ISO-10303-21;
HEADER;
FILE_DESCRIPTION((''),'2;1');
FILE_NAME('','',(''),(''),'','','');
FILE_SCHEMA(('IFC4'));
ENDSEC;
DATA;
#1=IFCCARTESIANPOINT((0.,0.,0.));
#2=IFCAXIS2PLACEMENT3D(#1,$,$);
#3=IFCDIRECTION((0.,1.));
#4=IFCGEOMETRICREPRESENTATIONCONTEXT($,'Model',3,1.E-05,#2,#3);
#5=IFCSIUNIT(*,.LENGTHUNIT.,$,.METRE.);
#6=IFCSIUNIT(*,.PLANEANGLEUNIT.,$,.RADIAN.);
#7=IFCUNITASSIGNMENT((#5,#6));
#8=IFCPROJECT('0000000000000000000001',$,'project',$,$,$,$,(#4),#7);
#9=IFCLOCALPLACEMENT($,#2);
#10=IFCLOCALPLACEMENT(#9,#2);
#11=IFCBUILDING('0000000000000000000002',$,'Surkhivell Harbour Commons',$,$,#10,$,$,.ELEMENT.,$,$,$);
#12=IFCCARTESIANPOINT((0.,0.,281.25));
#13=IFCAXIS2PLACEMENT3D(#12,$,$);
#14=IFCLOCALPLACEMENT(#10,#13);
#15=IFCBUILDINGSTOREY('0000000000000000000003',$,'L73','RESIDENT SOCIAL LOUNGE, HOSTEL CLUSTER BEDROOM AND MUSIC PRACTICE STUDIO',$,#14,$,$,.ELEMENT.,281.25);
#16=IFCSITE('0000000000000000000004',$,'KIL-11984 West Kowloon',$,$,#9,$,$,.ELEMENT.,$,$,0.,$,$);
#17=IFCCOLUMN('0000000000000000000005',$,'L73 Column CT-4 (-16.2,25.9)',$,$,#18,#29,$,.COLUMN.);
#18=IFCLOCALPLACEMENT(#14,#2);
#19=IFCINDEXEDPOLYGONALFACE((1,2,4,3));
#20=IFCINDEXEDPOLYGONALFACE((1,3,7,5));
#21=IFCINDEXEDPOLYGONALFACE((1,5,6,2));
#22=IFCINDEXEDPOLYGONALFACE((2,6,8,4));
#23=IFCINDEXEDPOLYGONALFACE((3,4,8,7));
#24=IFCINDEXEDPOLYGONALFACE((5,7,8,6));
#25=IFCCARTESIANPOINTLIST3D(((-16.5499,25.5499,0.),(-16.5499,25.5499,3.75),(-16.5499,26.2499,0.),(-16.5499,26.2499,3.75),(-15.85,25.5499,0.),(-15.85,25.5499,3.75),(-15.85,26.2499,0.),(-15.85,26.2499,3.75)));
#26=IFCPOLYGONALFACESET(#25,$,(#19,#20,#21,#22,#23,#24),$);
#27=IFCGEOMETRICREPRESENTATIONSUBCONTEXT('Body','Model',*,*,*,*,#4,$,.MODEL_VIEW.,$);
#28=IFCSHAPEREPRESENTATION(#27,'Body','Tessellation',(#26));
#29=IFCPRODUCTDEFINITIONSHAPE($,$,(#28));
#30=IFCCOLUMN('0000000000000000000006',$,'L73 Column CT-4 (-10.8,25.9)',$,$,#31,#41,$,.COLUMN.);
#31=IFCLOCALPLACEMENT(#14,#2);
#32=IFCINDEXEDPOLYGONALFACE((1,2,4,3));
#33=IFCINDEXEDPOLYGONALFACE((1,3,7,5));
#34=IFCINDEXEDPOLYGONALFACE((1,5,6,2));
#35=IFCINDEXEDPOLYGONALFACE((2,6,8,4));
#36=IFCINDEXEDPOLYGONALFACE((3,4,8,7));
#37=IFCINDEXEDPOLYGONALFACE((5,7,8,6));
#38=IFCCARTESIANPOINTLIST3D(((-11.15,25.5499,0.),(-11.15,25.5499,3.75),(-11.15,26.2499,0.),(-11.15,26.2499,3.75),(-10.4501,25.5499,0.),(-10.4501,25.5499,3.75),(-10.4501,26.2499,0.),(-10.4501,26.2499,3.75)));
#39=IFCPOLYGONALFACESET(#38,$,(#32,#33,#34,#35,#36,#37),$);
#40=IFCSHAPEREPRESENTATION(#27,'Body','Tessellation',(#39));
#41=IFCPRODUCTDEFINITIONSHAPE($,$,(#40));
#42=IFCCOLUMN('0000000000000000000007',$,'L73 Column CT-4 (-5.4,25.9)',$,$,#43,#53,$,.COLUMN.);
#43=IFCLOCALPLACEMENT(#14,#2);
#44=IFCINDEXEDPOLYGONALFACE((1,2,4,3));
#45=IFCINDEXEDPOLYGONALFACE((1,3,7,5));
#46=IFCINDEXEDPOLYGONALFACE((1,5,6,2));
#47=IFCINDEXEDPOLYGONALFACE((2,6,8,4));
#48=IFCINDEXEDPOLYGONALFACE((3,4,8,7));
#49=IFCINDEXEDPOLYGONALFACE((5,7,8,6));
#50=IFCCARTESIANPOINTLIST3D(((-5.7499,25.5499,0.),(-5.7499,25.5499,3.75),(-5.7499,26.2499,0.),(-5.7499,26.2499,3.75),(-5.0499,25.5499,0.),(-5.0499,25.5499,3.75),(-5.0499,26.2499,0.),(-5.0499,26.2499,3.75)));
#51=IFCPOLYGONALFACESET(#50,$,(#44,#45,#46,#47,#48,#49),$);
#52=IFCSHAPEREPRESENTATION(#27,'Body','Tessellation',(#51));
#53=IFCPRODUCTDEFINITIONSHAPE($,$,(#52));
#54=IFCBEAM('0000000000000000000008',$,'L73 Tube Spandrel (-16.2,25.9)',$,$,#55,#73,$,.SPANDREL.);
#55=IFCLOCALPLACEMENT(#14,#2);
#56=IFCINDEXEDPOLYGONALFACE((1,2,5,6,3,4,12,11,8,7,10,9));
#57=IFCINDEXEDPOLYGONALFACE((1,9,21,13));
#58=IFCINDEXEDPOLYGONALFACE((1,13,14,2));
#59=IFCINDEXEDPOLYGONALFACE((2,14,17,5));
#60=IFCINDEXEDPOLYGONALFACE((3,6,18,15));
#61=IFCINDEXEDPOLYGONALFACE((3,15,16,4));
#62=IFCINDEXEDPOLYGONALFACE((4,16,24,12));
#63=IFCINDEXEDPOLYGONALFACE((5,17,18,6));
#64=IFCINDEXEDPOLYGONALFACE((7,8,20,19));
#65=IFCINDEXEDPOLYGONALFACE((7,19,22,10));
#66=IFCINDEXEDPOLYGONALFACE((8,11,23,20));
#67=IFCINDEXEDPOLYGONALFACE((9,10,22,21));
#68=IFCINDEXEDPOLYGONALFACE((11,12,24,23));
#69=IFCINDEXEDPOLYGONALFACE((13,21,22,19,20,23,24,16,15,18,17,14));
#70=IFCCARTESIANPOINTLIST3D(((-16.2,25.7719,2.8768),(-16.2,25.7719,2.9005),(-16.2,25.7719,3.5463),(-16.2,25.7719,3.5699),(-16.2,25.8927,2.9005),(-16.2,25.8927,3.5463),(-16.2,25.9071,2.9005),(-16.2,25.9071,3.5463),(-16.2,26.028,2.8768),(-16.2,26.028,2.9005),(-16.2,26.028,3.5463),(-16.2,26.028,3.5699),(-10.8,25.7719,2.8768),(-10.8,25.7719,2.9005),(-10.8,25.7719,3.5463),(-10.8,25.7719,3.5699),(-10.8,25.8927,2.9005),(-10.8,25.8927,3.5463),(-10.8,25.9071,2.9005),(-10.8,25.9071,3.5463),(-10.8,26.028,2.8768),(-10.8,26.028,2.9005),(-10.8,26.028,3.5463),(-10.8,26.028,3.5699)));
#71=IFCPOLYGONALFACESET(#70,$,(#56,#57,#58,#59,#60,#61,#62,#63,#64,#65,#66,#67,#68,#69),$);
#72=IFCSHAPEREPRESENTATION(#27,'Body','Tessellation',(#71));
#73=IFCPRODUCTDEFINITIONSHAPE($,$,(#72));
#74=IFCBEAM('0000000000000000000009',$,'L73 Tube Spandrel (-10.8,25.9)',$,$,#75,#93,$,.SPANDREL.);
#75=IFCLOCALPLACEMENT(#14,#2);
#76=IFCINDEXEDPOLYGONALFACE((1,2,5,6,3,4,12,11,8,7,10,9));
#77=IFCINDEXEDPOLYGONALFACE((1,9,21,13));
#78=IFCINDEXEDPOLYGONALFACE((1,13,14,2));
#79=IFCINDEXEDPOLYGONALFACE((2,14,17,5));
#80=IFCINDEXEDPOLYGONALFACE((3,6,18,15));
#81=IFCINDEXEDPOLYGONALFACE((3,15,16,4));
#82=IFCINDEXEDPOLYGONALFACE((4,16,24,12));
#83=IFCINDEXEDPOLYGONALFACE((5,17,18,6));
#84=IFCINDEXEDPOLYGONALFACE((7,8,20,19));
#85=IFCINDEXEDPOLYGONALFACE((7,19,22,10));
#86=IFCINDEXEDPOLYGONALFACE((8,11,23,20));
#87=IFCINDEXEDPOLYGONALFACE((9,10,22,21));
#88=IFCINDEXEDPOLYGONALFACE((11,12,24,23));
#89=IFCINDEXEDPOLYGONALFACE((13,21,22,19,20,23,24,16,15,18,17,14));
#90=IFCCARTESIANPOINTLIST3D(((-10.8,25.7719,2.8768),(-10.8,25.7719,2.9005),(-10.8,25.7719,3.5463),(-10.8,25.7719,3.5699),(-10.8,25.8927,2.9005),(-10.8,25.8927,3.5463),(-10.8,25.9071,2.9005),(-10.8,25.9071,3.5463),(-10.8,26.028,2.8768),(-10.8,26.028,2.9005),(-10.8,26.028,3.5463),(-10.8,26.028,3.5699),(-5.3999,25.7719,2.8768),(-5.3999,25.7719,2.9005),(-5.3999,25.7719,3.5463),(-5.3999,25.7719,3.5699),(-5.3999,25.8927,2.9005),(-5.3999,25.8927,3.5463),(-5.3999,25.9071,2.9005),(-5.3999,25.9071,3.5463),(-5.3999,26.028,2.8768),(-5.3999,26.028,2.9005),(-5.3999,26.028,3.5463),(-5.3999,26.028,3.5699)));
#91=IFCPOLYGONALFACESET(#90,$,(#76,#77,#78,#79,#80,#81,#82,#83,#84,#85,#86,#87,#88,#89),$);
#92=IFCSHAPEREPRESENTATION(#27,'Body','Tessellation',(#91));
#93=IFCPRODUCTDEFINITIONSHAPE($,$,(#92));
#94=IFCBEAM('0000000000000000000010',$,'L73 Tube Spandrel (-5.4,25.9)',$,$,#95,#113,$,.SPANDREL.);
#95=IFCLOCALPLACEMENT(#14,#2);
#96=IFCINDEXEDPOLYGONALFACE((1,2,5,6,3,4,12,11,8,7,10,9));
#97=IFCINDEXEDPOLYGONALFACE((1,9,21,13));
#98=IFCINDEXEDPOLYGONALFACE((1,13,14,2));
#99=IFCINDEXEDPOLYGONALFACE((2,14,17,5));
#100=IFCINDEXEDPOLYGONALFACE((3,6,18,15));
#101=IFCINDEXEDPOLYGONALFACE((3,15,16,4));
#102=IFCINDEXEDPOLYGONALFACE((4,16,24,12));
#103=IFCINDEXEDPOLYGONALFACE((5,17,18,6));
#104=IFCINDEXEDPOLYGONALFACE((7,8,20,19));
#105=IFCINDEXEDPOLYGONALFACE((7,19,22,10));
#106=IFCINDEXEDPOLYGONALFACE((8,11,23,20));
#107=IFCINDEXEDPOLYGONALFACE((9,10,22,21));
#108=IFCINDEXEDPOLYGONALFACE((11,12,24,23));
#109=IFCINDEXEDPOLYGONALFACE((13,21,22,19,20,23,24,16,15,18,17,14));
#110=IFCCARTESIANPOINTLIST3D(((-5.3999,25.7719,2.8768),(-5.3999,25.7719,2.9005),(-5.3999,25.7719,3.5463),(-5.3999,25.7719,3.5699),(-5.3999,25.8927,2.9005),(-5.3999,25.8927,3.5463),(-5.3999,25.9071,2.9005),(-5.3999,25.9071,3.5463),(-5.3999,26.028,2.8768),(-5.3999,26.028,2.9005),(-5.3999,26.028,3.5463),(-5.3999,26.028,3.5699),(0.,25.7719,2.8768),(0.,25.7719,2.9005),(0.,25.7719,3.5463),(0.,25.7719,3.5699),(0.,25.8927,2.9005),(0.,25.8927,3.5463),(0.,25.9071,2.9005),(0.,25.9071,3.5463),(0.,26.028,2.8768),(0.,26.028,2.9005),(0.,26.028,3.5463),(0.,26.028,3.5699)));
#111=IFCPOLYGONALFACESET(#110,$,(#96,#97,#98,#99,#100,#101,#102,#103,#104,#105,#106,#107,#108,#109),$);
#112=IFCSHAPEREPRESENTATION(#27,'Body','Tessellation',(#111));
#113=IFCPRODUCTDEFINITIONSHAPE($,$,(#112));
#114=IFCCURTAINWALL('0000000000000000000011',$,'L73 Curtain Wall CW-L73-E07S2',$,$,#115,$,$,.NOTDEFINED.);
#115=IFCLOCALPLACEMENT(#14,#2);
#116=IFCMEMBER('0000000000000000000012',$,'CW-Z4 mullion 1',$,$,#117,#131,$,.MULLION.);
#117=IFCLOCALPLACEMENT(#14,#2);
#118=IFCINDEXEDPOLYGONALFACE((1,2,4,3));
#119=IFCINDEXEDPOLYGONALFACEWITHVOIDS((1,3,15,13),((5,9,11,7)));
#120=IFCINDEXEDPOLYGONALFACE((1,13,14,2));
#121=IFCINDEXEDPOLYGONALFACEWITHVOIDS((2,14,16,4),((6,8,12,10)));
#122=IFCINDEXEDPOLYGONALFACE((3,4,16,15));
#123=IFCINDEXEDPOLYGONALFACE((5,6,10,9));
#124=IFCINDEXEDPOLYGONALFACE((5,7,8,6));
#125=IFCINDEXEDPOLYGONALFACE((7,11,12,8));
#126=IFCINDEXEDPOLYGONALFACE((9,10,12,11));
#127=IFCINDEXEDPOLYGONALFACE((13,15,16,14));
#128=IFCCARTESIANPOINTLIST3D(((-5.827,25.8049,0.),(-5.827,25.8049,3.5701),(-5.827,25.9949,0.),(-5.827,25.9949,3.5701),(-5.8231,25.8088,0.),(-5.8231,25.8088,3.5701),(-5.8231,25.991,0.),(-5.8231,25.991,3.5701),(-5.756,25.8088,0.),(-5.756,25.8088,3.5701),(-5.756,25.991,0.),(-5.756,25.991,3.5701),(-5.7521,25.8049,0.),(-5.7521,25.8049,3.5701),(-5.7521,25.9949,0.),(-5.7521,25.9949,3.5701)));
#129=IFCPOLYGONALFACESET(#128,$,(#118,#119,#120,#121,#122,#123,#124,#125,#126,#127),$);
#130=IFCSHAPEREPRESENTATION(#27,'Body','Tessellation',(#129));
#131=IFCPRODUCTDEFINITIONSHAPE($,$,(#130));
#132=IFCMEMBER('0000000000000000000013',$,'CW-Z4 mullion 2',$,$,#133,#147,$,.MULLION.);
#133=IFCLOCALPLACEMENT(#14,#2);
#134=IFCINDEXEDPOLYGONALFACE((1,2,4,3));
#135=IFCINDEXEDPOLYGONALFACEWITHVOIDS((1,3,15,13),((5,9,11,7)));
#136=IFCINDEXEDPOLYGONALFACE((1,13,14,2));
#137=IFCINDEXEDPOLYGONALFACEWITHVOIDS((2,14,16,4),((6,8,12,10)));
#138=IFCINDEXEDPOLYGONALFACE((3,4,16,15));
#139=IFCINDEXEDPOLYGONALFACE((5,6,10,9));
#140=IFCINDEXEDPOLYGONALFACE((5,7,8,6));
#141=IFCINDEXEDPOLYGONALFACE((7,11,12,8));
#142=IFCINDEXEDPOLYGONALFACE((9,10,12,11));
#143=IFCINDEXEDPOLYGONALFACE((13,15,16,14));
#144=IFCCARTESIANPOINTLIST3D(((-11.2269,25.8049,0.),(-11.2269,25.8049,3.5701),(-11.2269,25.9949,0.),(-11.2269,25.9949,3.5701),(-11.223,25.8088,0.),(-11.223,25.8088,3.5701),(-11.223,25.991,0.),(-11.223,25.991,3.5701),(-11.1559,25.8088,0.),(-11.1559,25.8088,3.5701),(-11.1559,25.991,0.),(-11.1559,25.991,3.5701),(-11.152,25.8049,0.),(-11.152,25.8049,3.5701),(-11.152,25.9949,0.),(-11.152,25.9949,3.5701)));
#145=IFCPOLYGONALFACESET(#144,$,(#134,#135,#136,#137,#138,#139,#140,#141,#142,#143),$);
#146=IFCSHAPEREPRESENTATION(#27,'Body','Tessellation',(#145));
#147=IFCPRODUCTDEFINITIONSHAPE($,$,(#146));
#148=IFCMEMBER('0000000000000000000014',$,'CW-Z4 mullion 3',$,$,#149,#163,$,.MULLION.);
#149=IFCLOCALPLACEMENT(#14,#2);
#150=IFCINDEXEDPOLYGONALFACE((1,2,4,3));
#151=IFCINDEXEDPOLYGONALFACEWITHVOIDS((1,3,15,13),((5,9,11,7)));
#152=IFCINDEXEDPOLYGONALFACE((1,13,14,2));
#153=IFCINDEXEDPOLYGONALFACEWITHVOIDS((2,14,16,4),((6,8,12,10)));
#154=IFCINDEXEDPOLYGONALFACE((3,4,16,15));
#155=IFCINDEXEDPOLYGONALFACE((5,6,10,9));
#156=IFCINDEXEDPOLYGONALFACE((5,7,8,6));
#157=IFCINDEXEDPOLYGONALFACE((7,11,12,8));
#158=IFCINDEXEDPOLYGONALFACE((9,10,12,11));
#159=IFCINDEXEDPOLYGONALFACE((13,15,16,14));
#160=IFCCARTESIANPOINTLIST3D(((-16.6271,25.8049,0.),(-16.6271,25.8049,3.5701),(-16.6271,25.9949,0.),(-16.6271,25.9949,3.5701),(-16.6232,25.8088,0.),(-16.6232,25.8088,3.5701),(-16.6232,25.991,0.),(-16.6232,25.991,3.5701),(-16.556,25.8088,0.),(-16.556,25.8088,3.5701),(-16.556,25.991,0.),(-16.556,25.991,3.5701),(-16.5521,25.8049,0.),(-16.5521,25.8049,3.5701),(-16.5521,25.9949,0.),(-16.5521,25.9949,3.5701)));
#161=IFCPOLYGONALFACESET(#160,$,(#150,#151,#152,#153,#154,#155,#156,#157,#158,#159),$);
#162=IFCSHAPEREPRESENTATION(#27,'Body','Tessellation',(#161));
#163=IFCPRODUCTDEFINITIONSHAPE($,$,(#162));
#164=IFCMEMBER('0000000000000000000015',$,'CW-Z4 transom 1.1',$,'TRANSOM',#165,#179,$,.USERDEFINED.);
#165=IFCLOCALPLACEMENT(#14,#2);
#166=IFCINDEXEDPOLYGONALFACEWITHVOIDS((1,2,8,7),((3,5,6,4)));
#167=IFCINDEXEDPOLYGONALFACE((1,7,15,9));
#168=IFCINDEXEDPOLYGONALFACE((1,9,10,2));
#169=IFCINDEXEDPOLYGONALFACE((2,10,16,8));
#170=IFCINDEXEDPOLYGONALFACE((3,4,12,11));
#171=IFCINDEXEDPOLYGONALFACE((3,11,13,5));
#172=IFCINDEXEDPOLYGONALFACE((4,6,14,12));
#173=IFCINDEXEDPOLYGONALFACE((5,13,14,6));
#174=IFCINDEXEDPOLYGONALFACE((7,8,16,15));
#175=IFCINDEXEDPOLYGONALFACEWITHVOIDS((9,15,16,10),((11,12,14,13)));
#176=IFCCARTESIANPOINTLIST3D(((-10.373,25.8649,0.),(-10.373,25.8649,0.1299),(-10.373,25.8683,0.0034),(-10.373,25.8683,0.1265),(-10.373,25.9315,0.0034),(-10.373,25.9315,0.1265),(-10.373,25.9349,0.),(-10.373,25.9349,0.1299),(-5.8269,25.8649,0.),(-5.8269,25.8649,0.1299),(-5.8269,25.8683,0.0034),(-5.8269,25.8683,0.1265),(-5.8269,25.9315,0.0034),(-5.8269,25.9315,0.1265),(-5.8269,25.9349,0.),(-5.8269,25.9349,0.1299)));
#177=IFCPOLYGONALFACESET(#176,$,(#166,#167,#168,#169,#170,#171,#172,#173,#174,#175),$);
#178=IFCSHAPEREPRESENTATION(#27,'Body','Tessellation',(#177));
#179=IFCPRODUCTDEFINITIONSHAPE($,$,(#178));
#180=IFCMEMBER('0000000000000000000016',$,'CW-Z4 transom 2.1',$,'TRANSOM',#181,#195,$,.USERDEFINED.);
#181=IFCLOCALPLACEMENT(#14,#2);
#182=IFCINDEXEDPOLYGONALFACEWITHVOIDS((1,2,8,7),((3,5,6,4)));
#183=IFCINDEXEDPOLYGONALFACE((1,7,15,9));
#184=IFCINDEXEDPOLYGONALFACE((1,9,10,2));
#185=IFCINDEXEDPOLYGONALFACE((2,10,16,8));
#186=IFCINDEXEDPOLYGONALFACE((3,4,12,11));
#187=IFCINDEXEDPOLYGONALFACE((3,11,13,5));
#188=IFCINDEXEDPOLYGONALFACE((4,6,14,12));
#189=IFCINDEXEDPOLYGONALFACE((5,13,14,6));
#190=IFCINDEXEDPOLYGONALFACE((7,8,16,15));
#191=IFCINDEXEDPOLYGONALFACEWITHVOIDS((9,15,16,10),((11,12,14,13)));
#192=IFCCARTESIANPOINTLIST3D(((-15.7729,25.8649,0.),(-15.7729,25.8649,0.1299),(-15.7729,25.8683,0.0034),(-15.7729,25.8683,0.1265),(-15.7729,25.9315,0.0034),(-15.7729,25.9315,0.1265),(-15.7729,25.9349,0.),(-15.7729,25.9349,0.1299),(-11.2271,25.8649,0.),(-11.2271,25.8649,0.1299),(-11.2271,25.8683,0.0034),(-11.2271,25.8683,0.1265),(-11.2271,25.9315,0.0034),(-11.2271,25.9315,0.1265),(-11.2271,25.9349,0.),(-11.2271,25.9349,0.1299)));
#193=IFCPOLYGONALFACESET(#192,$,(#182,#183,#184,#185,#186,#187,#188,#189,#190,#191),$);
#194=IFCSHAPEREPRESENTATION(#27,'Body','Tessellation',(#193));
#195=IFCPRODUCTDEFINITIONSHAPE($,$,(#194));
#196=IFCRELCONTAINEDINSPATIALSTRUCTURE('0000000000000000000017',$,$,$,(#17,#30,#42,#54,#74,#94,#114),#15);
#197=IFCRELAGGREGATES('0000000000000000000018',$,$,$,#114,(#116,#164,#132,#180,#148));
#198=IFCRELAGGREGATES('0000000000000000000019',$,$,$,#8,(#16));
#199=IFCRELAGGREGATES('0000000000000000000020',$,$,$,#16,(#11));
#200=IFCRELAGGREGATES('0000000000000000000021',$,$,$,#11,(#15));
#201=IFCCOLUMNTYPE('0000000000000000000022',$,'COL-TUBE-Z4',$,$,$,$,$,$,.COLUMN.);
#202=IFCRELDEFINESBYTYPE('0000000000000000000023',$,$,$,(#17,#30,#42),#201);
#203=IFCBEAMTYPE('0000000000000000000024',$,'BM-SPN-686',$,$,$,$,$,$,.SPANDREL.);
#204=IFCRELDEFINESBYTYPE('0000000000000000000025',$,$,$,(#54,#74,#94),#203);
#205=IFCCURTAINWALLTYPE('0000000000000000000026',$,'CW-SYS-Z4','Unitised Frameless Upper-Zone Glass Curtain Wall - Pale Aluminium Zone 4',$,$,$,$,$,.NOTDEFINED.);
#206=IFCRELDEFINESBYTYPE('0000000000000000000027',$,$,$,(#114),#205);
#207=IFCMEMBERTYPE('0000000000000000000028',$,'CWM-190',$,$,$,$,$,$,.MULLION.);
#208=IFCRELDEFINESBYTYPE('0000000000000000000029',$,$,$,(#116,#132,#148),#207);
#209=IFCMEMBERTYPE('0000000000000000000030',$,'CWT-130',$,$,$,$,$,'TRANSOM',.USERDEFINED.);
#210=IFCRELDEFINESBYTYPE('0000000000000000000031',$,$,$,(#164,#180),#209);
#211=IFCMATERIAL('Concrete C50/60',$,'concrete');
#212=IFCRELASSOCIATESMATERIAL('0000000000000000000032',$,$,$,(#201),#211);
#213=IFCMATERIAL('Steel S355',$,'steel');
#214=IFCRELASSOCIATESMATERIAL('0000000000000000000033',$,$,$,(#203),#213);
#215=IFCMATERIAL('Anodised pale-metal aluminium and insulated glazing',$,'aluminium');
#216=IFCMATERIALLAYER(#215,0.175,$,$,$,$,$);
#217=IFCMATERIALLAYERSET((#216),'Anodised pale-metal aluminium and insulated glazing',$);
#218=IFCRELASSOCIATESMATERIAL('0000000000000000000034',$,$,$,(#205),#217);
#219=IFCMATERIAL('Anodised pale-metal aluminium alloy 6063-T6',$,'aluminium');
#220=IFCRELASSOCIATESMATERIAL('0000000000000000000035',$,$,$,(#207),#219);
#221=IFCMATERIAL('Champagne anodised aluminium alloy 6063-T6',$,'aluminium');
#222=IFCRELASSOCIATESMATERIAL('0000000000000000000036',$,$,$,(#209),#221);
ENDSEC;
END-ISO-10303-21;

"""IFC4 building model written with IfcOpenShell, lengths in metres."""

from ifc_helpers import new_model, si_unit, direction, frame, origin, origin_2d, place, context, subcontext, project, spatial, rectangle, hollow_rectangle, i_section, extrude, material, layer, layer_set, material_profile, profile_set, type_object, element, aggregate, save


model = new_model("IFC4")

# Units and contexts
model_context = context("Model", 3, precision=1e-05, world=origin(), true_north=direction((0.0, 1.0)))
body_context = subcontext(model_context, "Body", "Model", "MODEL_VIEW")
ifc_project = project(units=[si_unit("LENGTHUNIT", "METRE"), si_unit("PLANEANGLEUNIT", "RADIAN")], contexts=[model_context])

# Site, building, storey
site_placement = place(None, origin())
site = spatial("IfcSite", under=ifc_project, at=site_placement, Name="KIL-11984 West Kowloon", CompositionType="ELEMENT", RefElevation=0.0)
building_placement = place(site_placement, origin())
building = spatial("IfcBuilding", under=site, at=building_placement, Name="Surkhivell Harbour Commons", CompositionType="ELEMENT")
storey_placement = place(building_placement, frame((0.0, 0.0, 281.25)))
storey = spatial("IfcBuildingStorey", under=building, at=storey_placement, Name="L73", Description="RESIDENT SOCIAL LOUNGE, HOSTEL CLUSTER BEDROOM AND MUSIC PRACTICE STUDIO", CompositionType="ELEMENT", Elevation=281.25)

# Columns
ifc_material_1 = material(Name="Concrete C50/60", Category="concrete")
ifc_material_profile_1 = material_profile(ifc_material_1, rectangle(XDim=0.7, YDim=0.7, at=origin_2d()), Name="RC-COL-700x700")
ifc_profile_set_1 = profile_set([ifc_material_profile_1], Name="Concrete C50/60")
column_type = type_object("IfcColumnType", Name="COL-TUBE-Z4", PredefinedType="COLUMN", material=ifc_profile_set_1)
for number, where, z_axis, x_axis, name in (
    (1, (-16.2, 25.8999, 0.0), (0.0, 0.0, 1.0), (1.0, 0.0, 0.0), "L73 Column CT-4 (-16.2,25.9)"),
    (2, (-10.8, 25.8999, 0.0), (0.0, 0.0, 1.0), (1.0, 0.0, 0.0), "L73 Column CT-4 (-10.8,25.9)"),
    (3, (-5.3999, 25.8999, 0.0), (0.0, 0.0, 1.0), (1.0, 0.0, 0.0), "L73 Column CT-4 (-5.4,25.9)"),
):
    element("IfcColumn", number, at=place(storey_placement, frame(where, z_axis=z_axis, x_axis=x_axis)), inside=storey, type_object=column_type, Name=name, PredefinedType="COLUMN", context=body_context, shape_type="SweptSolid", body=[
        extrude(rectangle(XDim=0.7, YDim=0.7, at=origin_2d()), origin(), (0.0, 0.0, 1.0), 3.75),
    ])

# Beams
ifc_material_2 = material(Name="Steel S355", Category="steel")
ifc_material_profile_2 = material_profile(ifc_material_2, i_section(OverallWidth=0.2561, OverallDepth=0.6931, WebThickness=0.0144, FlangeThickness=0.0237, at=origin_2d()), Name="UB686x254x170")
ifc_profile_set_2 = profile_set([ifc_material_profile_2], Name="Steel S355")
beam_type = type_object("IfcBeamType", Name="BM-SPN-686", PredefinedType="SPANDREL", material=ifc_profile_set_2)
beam_1_placement = place(storey_placement, frame((-16.2, 25.8999, 3.2234), z_axis=(1.0, 0.0, 0.0), x_axis=(0.0, 1.0, 0.0)))
element("IfcBeam", 4, at=beam_1_placement, inside=storey, type_object=beam_type, Name="L73 Tube Spandrel (-16.2,25.9)", PredefinedType="SPANDREL", context=body_context, shape_type="SweptSolid", body=[
    extrude(i_section(OverallWidth=0.2561, OverallDepth=0.6931, WebThickness=0.0144, FlangeThickness=0.0237, at=origin_2d()), origin(), (0.0, 0.0, 1.0), 5.3999),
])
beam_2_placement = place(storey_placement, frame((-10.8, 25.8999, 3.2234), z_axis=(1.0, 0.0, 0.0), x_axis=(0.0, 1.0, 0.0)))
element("IfcBeam", 5, at=beam_2_placement, inside=storey, type_object=beam_type, Name="L73 Tube Spandrel (-10.8,25.9)", PredefinedType="SPANDREL", context=body_context, shape_type="SweptSolid", body=[
    extrude(i_section(OverallWidth=0.2561, OverallDepth=0.6931, WebThickness=0.0144, FlangeThickness=0.0237, at=origin_2d()), origin(), (0.0, 0.0, 1.0), 5.4001),
])
beam_3_placement = place(storey_placement, frame((-5.3999, 25.8999, 3.2234), z_axis=(1.0, 0.0, 0.0), x_axis=(0.0, 1.0, 0.0)))
element("IfcBeam", 6, at=beam_3_placement, inside=storey, type_object=beam_type, Name="L73 Tube Spandrel (-5.4,25.9)", PredefinedType="SPANDREL", context=body_context, shape_type="SweptSolid", body=[
    extrude(i_section(OverallWidth=0.2561, OverallDepth=0.6931, WebThickness=0.0144, FlangeThickness=0.0237, at=origin_2d()), origin(), (0.0, 0.0, 1.0), 5.3999),
])

# Curtain wall, members
ifc_material_3 = material(Name="Anodised pale-metal aluminium and insulated glazing", Category="aluminium")
ifc_layer_1 = layer(ifc_material_3, 0.175)
ifc_layer_set_1 = layer_set([ifc_layer_1], Name="Anodised pale-metal aluminium and insulated glazing")
curtain_wall_type = type_object("IfcCurtainWallType", Name="CW-SYS-Z4", Description="Unitised Frameless Upper-Zone Glass Curtain Wall - Pale Aluminium Zone 4", PredefinedType="NOTDEFINED", material=ifc_layer_set_1)
curtain_wall_placement = place(storey_placement, origin())
curtain_wall = element("IfcCurtainWall", 7, at=curtain_wall_placement, inside=storey, type_object=curtain_wall_type, Name="L73 Curtain Wall CW-L73-E07S2", PredefinedType="NOTDEFINED")
ifc_material_4 = material(Name="Anodised pale-metal aluminium alloy 6063-T6", Category="aluminium")
ifc_material_profile_3 = material_profile(ifc_material_4, hollow_rectangle(XDim=0.075, YDim=0.1899, WallThickness=0.0039, at=origin_2d()), Name="ALU-MULL-75x190")
ifc_profile_set_3 = profile_set([ifc_material_profile_3], Name="Anodised pale-metal aluminium alloy 6063-T6")
member_type_1 = type_object("IfcMemberType", Name="CWM-190", PredefinedType="MULLION", material=ifc_profile_set_3)
member_1_placement = place(storey_placement, frame((-5.7896, 25.8999, 0.0), z_axis=(0.0, 0.0, 1.0), x_axis=(-1.0, 0.0, 0.0)))
member_1 = element("IfcMember", 8, at=member_1_placement, type_object=member_type_1, Name="CW-Z4 mullion 1", PredefinedType="MULLION", context=body_context, shape_type="SweptSolid", body=[
    extrude(hollow_rectangle(XDim=0.075, YDim=0.1899, WallThickness=0.0039, at=origin_2d()), origin(), (0.0, 0.0, 1.0), 3.5701),
])
member_2_placement = place(storey_placement, frame((-11.1895, 25.8999, 0.0), z_axis=(0.0, 0.0, 1.0), x_axis=(-1.0, 0.0, 0.0)))
member_2 = element("IfcMember", 9, at=member_2_placement, type_object=member_type_1, Name="CW-Z4 mullion 2", PredefinedType="MULLION", context=body_context, shape_type="SweptSolid", body=[
    extrude(hollow_rectangle(XDim=0.075, YDim=0.1899, WallThickness=0.0039, at=origin_2d()), origin(), (0.0, 0.0, 1.0), 3.5701),
])
member_3_placement = place(storey_placement, frame((-16.5896, 25.8999, 0.0), z_axis=(0.0, 0.0, 1.0), x_axis=(-1.0, 0.0, 0.0)))
member_3 = element("IfcMember", 10, at=member_3_placement, type_object=member_type_1, Name="CW-Z4 mullion 3", PredefinedType="MULLION", context=body_context, shape_type="SweptSolid", body=[
    extrude(hollow_rectangle(XDim=0.075, YDim=0.1899, WallThickness=0.0039, at=origin_2d()), origin(), (0.0, 0.0, 1.0), 3.5701),
])
ifc_material_5 = material(Name="Champagne anodised aluminium alloy 6063-T6", Category="aluminium")
ifc_material_profile_4 = material_profile(ifc_material_5, hollow_rectangle(XDim=0.0701, YDim=0.1299, WallThickness=0.0034, at=origin_2d()), Name="ALU-TRAN-70x130")
ifc_profile_set_4 = profile_set([ifc_material_profile_4], Name="Champagne anodised aluminium alloy 6063-T6")
member_type_2 = type_object("IfcMemberType", Name="CWT-130", ElementType="TRANSOM", PredefinedType="USERDEFINED", material=ifc_profile_set_4)
member_4_placement = place(storey_placement, frame((-5.8269, 25.8999, 0.0649), z_axis=(-1.0, 0.0, 0.0), x_axis=(0.0, -1.0, 0.0)))
member_4 = element("IfcMember", 11, at=member_4_placement, type_object=member_type_2, Name="CW-Z4 transom 1.1", ObjectType="TRANSOM", PredefinedType="USERDEFINED", context=body_context, shape_type="SweptSolid", body=[
    extrude(hollow_rectangle(XDim=0.0701, YDim=0.1299, WallThickness=0.0034, at=origin_2d()), origin(), (0.0, 0.0, 1.0), 4.5461),
])
member_5_placement = place(storey_placement, frame((-11.2271, 25.8999, 0.0649), z_axis=(-1.0, 0.0, 0.0), x_axis=(0.0, -1.0, 0.0)))
member_5 = element("IfcMember", 12, at=member_5_placement, type_object=member_type_2, Name="CW-Z4 transom 2.1", ObjectType="TRANSOM", PredefinedType="USERDEFINED", context=body_context, shape_type="SweptSolid", body=[
    extrude(hollow_rectangle(XDim=0.0701, YDim=0.1299, WallThickness=0.0034, at=origin_2d()), origin(), (0.0, 0.0, 1.0), 4.5459),
])

aggregate(curtain_wall, [member_1, member_4, member_2, member_5, member_3])

save(model, "model.ifc")
